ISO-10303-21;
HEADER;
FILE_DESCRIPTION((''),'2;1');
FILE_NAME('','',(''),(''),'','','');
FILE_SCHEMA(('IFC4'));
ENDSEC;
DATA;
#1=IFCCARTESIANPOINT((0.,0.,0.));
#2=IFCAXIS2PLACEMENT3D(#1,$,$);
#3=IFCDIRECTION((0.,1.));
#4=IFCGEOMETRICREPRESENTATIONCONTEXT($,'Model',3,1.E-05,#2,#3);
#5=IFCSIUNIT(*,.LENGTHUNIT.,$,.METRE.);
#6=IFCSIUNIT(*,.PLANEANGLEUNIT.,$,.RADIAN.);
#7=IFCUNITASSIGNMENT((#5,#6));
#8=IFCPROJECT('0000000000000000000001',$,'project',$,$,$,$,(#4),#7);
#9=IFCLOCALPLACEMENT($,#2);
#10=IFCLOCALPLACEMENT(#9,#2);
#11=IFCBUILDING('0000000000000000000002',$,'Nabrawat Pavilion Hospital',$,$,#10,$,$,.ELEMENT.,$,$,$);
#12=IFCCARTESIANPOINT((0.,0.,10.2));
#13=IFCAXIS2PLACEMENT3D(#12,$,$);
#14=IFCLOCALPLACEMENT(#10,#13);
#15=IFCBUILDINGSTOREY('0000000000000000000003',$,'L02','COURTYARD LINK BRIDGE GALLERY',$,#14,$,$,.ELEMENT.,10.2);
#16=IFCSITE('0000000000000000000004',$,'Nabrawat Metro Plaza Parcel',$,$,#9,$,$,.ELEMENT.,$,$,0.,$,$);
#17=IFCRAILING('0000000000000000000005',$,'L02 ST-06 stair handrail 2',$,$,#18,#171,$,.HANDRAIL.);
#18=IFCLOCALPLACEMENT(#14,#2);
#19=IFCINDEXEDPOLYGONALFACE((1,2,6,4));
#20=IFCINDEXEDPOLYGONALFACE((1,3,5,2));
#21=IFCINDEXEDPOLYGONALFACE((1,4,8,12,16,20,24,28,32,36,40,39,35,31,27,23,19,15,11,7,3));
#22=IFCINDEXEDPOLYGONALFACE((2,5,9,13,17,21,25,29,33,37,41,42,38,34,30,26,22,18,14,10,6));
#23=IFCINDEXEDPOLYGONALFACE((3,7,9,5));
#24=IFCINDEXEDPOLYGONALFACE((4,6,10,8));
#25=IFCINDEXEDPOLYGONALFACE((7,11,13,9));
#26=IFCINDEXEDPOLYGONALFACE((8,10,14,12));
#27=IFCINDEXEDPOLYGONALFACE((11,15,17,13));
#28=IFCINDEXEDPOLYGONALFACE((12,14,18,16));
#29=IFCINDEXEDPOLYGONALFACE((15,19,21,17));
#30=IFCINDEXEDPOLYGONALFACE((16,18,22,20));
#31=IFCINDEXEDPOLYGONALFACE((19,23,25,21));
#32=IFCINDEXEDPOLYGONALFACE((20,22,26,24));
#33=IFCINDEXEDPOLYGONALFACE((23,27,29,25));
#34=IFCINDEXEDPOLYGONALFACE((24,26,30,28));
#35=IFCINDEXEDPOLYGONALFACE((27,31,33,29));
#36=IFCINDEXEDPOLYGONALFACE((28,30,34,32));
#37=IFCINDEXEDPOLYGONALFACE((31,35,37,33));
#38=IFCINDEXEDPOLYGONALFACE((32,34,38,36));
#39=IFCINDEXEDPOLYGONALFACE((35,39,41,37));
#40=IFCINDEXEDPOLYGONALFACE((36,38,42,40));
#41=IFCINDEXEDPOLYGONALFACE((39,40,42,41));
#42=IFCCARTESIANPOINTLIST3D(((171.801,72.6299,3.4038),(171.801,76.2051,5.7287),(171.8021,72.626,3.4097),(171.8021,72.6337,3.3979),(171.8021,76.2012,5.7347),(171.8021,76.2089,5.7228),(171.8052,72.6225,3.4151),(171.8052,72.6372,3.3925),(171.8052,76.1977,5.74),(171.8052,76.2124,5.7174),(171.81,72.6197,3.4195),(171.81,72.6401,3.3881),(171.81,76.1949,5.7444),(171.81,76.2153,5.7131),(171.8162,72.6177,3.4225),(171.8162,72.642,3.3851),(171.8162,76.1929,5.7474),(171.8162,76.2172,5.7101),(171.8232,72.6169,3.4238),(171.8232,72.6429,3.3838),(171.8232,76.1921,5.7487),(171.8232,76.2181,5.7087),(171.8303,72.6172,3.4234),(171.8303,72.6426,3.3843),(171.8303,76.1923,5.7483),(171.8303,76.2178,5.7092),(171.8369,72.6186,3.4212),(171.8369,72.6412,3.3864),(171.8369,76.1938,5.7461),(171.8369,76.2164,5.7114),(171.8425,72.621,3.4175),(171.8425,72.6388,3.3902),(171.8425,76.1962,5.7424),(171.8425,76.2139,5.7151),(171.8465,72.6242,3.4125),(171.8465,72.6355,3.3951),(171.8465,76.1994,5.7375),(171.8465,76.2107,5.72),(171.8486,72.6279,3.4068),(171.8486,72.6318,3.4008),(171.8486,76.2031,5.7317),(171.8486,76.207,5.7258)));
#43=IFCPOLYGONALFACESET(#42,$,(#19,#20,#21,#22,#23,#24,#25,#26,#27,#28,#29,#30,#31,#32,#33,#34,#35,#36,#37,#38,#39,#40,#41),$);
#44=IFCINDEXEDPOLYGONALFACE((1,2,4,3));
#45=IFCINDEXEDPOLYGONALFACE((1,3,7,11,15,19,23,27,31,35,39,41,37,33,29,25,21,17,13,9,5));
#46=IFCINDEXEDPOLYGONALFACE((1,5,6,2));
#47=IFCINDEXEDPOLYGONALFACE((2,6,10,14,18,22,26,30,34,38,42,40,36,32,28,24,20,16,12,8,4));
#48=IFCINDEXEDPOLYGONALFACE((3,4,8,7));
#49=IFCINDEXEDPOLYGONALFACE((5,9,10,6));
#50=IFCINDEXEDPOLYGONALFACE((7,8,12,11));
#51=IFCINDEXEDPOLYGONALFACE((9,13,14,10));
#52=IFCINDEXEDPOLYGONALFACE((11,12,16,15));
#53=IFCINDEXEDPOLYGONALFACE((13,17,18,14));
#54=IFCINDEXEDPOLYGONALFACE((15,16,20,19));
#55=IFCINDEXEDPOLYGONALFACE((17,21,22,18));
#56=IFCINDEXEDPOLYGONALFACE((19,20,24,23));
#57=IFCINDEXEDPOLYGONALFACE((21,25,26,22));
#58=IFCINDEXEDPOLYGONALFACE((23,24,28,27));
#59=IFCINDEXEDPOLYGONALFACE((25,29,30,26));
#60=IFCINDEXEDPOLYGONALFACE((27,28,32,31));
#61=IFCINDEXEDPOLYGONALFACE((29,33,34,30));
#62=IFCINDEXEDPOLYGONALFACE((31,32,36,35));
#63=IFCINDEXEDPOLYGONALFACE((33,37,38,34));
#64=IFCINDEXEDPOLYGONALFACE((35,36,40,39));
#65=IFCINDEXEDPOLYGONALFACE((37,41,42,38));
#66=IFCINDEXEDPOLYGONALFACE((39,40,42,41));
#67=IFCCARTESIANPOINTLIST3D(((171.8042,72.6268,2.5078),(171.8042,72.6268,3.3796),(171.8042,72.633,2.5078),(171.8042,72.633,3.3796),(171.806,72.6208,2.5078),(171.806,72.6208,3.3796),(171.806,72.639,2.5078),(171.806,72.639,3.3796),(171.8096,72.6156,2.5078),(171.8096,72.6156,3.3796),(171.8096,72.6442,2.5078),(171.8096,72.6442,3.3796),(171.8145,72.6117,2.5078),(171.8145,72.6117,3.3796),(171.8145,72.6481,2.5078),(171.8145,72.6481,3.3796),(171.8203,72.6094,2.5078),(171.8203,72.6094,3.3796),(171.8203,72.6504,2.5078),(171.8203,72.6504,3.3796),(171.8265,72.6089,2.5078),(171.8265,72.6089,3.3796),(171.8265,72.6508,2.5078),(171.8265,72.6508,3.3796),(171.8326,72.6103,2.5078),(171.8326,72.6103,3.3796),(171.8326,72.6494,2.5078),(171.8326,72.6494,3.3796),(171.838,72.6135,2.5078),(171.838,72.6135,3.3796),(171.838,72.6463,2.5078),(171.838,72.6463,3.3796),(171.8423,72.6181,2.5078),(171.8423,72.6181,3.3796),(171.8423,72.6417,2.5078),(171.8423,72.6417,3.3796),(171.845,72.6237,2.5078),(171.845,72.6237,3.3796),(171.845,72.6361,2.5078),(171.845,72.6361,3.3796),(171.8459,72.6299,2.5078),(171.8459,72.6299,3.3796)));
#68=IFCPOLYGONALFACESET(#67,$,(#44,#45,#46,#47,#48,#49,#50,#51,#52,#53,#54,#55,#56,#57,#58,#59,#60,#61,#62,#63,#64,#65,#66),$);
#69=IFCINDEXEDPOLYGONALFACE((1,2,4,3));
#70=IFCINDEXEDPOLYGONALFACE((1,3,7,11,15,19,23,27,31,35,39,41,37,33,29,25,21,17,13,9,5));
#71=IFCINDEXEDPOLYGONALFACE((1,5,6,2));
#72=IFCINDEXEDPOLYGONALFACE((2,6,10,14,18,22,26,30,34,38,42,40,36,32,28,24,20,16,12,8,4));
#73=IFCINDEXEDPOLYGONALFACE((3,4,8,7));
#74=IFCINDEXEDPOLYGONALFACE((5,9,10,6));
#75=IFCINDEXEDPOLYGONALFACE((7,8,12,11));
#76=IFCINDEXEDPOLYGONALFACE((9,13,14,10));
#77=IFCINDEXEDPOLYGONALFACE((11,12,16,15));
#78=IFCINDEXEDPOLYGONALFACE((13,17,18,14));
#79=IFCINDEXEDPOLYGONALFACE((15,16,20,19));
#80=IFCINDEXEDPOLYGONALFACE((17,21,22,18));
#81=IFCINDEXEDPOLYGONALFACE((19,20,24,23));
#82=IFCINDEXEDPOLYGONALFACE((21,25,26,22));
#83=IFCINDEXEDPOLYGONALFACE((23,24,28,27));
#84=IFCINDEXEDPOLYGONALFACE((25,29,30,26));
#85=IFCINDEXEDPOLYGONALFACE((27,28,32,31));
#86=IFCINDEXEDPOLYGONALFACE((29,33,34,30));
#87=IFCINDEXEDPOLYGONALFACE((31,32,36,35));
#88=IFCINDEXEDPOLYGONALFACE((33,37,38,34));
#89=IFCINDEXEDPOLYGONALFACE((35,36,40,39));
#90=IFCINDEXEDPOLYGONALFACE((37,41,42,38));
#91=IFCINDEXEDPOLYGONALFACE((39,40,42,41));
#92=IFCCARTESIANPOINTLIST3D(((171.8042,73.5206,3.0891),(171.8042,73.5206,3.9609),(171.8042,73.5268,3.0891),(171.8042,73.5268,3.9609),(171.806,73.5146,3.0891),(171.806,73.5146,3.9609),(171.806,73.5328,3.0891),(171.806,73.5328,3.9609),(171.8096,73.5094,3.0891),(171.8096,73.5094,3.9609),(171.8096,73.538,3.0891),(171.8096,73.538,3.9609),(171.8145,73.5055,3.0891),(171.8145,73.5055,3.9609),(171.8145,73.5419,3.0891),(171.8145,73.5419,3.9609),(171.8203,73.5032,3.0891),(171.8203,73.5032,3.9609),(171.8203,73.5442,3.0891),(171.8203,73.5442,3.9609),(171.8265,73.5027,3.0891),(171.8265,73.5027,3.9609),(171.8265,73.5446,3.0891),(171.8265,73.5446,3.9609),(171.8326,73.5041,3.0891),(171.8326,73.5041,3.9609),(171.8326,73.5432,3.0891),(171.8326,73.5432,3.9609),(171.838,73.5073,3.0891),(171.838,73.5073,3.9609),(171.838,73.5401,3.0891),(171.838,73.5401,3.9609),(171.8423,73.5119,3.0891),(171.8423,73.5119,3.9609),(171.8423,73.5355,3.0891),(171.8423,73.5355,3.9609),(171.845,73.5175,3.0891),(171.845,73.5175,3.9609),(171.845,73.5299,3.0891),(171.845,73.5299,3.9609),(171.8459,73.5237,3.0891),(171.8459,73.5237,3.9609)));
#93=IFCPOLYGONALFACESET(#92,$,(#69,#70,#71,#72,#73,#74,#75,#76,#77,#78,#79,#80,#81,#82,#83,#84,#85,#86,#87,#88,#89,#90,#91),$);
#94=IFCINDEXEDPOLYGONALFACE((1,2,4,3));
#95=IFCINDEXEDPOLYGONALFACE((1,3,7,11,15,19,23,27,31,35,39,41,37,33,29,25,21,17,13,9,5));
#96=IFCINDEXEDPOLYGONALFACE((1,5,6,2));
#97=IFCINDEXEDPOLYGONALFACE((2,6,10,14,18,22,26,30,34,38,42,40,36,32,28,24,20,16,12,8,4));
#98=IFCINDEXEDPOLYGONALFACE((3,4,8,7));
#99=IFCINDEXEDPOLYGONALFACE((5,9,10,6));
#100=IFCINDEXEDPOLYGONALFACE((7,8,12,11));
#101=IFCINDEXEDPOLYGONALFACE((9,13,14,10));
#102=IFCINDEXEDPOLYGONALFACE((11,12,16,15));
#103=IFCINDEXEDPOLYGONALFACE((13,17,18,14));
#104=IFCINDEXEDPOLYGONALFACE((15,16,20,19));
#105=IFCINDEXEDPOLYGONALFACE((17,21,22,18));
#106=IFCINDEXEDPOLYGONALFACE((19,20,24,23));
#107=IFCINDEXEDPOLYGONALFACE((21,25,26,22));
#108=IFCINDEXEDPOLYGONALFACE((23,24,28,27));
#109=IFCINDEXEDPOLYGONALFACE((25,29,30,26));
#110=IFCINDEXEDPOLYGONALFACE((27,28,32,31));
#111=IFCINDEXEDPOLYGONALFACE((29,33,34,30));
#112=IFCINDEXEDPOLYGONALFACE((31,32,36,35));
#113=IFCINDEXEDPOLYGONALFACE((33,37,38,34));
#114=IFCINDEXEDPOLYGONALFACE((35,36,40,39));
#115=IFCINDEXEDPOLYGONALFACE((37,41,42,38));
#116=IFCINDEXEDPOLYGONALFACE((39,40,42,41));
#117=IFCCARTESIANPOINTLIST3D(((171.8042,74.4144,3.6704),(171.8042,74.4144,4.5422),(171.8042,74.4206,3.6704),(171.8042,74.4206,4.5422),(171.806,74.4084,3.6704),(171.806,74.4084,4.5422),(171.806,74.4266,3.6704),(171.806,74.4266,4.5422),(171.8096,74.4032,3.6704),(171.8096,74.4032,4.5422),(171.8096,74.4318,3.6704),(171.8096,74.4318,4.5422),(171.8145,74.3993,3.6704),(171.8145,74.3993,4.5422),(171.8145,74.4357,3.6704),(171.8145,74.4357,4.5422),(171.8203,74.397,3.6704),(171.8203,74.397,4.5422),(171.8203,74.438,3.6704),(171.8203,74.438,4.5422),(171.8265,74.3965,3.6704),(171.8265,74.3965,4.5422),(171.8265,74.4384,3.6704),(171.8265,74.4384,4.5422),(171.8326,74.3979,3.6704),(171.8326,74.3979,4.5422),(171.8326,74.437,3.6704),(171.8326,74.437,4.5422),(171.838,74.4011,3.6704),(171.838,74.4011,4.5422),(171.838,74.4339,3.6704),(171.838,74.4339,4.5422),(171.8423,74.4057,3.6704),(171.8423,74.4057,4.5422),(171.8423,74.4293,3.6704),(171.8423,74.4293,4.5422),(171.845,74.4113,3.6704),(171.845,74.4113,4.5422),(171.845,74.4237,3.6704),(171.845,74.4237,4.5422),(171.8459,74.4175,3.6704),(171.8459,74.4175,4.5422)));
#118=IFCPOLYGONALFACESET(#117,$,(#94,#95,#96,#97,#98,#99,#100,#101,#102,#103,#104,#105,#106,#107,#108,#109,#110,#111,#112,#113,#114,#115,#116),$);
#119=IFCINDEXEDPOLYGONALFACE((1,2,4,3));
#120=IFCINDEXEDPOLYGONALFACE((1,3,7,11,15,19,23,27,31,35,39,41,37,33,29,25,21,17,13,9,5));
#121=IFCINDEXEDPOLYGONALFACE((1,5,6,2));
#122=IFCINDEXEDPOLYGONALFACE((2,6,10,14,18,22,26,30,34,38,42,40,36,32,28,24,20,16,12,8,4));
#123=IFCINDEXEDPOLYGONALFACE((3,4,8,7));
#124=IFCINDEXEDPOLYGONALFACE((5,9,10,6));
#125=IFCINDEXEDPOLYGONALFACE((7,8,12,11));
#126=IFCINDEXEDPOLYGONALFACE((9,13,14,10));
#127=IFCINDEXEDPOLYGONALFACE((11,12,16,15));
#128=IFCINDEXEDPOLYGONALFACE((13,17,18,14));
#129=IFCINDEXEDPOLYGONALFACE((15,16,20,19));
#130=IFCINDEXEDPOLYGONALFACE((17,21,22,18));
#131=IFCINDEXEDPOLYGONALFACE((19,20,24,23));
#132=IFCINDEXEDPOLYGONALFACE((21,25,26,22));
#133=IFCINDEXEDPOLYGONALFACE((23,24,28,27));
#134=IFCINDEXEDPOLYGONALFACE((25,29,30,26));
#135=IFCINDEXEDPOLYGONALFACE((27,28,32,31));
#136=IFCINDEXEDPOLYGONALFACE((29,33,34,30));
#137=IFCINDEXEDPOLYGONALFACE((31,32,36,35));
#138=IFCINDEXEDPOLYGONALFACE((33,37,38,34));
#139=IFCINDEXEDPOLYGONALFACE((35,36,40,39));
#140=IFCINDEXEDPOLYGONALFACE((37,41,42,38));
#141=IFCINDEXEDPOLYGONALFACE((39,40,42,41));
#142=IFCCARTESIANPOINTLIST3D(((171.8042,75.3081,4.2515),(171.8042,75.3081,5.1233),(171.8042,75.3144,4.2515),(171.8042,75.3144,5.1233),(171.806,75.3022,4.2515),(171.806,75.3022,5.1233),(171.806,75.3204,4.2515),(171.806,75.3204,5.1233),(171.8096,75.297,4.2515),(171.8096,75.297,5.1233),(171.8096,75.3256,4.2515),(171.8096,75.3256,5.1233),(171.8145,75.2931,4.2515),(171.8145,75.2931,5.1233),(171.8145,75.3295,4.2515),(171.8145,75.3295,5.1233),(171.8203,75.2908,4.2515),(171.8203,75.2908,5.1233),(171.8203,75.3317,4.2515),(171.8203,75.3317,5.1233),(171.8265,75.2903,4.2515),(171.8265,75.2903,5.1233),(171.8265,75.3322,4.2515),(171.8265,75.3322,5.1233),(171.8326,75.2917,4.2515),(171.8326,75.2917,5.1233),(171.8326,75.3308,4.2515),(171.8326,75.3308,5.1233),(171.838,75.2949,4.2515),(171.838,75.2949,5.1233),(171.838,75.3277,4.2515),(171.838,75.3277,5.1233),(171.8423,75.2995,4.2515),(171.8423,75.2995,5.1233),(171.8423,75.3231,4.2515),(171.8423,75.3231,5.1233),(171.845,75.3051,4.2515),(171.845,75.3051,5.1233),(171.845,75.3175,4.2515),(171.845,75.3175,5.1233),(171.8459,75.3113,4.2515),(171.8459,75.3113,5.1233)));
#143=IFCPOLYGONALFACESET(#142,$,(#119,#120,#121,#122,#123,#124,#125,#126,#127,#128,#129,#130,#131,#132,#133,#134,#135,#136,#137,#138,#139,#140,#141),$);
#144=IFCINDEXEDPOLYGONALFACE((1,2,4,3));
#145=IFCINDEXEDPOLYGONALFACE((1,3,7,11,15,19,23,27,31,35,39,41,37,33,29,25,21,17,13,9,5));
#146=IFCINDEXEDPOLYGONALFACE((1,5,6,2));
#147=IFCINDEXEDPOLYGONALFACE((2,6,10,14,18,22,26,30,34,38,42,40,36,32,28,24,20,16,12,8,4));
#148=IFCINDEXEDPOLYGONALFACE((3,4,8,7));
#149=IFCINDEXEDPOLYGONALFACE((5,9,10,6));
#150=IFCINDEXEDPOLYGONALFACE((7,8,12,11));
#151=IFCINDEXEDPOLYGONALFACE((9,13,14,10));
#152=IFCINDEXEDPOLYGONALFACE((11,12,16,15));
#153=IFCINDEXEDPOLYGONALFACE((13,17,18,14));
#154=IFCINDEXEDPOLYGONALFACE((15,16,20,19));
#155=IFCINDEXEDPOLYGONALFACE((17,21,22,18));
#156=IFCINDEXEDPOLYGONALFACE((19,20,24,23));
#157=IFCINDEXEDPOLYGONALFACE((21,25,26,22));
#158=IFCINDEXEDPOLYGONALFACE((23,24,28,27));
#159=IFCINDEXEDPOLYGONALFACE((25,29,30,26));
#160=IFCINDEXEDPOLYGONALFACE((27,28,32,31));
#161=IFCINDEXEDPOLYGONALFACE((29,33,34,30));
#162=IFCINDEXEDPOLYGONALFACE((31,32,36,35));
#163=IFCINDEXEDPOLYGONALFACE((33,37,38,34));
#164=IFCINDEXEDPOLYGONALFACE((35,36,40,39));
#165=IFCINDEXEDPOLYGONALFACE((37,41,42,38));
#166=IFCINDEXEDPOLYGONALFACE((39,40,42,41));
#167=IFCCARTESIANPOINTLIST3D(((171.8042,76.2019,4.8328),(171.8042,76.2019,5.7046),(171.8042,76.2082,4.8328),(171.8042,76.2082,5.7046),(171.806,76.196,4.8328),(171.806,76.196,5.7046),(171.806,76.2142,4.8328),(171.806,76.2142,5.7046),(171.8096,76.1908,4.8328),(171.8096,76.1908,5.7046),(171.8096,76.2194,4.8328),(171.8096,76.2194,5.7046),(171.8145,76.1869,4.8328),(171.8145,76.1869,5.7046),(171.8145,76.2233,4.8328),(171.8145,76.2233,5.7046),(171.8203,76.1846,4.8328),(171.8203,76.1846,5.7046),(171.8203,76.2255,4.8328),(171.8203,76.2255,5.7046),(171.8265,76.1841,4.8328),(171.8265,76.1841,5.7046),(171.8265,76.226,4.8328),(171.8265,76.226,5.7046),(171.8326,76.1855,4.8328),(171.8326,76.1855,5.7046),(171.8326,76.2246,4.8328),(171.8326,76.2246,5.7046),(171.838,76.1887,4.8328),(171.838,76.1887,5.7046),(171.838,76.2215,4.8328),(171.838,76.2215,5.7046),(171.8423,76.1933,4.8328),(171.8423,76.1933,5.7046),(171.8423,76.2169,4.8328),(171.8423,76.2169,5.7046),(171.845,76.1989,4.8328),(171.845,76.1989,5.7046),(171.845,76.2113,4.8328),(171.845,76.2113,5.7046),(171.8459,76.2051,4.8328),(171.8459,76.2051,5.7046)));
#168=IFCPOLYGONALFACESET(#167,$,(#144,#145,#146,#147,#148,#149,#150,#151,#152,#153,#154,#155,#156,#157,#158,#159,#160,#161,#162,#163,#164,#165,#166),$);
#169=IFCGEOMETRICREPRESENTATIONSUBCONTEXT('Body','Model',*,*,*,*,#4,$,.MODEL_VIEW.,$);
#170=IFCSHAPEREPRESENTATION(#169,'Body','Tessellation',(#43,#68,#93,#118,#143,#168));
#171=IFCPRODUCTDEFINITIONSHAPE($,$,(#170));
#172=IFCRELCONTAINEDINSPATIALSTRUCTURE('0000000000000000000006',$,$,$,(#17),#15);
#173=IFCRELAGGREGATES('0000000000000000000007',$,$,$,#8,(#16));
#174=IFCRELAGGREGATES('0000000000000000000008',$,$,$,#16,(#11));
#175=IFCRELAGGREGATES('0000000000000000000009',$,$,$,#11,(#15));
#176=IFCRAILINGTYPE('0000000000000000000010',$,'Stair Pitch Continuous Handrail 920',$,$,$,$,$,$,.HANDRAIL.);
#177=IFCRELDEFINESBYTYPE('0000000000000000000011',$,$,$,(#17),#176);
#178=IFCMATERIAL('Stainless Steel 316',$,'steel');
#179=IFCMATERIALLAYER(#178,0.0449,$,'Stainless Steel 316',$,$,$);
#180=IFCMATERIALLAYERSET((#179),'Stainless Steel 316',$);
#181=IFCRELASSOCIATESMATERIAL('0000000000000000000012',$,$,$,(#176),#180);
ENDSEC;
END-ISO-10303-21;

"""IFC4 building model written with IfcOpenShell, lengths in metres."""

from ifc_helpers import new_model, si_unit, direction, frame, origin, origin_2d, place, context, subcontext, project, spatial, circle, extrude, material, layer, layer_set, type_object, element, save


model = new_model("IFC4")

# Units and contexts
model_context = context("Model", 3, precision=1e-05, world=origin(), true_north=direction((0.0, 1.0)))
body_context = subcontext(model_context, "Body", "Model", "MODEL_VIEW")
ifc_project = project(units=[si_unit("LENGTHUNIT", "METRE"), si_unit("PLANEANGLEUNIT", "RADIAN")], contexts=[model_context])

# Site, building, storey
site_placement = place(None, origin())
site = spatial("IfcSite", under=ifc_project, at=site_placement, Name="Nabrawat Metro Plaza Parcel", CompositionType="ELEMENT", RefElevation=0.0)
building_placement = place(site_placement, origin())
building = spatial("IfcBuilding", under=site, at=building_placement, Name="Nabrawat Pavilion Hospital", CompositionType="ELEMENT")
storey_placement = place(building_placement, frame((0.0, 0.0, 10.2)))
storey = spatial("IfcBuildingStorey", under=building, at=storey_placement, Name="L02", Description="COURTYARD LINK BRIDGE GALLERY", CompositionType="ELEMENT", Elevation=10.2)

# Railing
ifc_material_1 = material(Name="Stainless Steel 316", Category="steel")
ifc_layer_1 = layer(ifc_material_1, 0.0449, Name="Stainless Steel 316")
ifc_layer_set_1 = layer_set([ifc_layer_1], Name="Stainless Steel 316")
railing_type_1 = type_object("IfcRailingType", Name="Stair Pitch Continuous Handrail 920", PredefinedType="HANDRAIL", material=ifc_layer_set_1)
railing_1_placement = place(storey_placement, frame((171.825, 72.6299, 2.5078)))
element("IfcRailing", 1, at=railing_1_placement, inside=storey, type_object=railing_type_1, Name="L02 ST-06 stair handrail 2", PredefinedType="HANDRAIL", context=body_context, shape_type="SweptSolid", body=[
    extrude(circle(Radius=0.0239, at=origin_2d()), frame((0.0, 0.0, 0.896), z_axis=(0.0, 0.838328, 0.545165), x_axis=(-1.0, 0.0, 0.0)), (0.0, 0.0, 1.0), 4.2646),
    extrude(circle(Radius=0.021, at=origin_2d()), origin(), (0.0, 0.0, 1.0), 0.8718),
    extrude(circle(Radius=0.021, at=origin_2d()), frame((0.0, 0.8938, 0.5813)), (0.0, 0.0, 1.0), 0.8718),
    extrude(circle(Radius=0.021, at=origin_2d()), frame((0.0, 1.7876, 1.1626)), (0.0, 0.0, 1.0), 0.8718),
    extrude(circle(Radius=0.021, at=origin_2d()), frame((0.0, 2.6814, 1.7437)), (0.0, 0.0, 1.0), 0.8718),
    extrude(circle(Radius=0.021, at=origin_2d()), frame((0.0, 3.5752, 2.325)), (0.0, 0.0, 1.0), 0.8718),
])

save(model, "model.ifc")
